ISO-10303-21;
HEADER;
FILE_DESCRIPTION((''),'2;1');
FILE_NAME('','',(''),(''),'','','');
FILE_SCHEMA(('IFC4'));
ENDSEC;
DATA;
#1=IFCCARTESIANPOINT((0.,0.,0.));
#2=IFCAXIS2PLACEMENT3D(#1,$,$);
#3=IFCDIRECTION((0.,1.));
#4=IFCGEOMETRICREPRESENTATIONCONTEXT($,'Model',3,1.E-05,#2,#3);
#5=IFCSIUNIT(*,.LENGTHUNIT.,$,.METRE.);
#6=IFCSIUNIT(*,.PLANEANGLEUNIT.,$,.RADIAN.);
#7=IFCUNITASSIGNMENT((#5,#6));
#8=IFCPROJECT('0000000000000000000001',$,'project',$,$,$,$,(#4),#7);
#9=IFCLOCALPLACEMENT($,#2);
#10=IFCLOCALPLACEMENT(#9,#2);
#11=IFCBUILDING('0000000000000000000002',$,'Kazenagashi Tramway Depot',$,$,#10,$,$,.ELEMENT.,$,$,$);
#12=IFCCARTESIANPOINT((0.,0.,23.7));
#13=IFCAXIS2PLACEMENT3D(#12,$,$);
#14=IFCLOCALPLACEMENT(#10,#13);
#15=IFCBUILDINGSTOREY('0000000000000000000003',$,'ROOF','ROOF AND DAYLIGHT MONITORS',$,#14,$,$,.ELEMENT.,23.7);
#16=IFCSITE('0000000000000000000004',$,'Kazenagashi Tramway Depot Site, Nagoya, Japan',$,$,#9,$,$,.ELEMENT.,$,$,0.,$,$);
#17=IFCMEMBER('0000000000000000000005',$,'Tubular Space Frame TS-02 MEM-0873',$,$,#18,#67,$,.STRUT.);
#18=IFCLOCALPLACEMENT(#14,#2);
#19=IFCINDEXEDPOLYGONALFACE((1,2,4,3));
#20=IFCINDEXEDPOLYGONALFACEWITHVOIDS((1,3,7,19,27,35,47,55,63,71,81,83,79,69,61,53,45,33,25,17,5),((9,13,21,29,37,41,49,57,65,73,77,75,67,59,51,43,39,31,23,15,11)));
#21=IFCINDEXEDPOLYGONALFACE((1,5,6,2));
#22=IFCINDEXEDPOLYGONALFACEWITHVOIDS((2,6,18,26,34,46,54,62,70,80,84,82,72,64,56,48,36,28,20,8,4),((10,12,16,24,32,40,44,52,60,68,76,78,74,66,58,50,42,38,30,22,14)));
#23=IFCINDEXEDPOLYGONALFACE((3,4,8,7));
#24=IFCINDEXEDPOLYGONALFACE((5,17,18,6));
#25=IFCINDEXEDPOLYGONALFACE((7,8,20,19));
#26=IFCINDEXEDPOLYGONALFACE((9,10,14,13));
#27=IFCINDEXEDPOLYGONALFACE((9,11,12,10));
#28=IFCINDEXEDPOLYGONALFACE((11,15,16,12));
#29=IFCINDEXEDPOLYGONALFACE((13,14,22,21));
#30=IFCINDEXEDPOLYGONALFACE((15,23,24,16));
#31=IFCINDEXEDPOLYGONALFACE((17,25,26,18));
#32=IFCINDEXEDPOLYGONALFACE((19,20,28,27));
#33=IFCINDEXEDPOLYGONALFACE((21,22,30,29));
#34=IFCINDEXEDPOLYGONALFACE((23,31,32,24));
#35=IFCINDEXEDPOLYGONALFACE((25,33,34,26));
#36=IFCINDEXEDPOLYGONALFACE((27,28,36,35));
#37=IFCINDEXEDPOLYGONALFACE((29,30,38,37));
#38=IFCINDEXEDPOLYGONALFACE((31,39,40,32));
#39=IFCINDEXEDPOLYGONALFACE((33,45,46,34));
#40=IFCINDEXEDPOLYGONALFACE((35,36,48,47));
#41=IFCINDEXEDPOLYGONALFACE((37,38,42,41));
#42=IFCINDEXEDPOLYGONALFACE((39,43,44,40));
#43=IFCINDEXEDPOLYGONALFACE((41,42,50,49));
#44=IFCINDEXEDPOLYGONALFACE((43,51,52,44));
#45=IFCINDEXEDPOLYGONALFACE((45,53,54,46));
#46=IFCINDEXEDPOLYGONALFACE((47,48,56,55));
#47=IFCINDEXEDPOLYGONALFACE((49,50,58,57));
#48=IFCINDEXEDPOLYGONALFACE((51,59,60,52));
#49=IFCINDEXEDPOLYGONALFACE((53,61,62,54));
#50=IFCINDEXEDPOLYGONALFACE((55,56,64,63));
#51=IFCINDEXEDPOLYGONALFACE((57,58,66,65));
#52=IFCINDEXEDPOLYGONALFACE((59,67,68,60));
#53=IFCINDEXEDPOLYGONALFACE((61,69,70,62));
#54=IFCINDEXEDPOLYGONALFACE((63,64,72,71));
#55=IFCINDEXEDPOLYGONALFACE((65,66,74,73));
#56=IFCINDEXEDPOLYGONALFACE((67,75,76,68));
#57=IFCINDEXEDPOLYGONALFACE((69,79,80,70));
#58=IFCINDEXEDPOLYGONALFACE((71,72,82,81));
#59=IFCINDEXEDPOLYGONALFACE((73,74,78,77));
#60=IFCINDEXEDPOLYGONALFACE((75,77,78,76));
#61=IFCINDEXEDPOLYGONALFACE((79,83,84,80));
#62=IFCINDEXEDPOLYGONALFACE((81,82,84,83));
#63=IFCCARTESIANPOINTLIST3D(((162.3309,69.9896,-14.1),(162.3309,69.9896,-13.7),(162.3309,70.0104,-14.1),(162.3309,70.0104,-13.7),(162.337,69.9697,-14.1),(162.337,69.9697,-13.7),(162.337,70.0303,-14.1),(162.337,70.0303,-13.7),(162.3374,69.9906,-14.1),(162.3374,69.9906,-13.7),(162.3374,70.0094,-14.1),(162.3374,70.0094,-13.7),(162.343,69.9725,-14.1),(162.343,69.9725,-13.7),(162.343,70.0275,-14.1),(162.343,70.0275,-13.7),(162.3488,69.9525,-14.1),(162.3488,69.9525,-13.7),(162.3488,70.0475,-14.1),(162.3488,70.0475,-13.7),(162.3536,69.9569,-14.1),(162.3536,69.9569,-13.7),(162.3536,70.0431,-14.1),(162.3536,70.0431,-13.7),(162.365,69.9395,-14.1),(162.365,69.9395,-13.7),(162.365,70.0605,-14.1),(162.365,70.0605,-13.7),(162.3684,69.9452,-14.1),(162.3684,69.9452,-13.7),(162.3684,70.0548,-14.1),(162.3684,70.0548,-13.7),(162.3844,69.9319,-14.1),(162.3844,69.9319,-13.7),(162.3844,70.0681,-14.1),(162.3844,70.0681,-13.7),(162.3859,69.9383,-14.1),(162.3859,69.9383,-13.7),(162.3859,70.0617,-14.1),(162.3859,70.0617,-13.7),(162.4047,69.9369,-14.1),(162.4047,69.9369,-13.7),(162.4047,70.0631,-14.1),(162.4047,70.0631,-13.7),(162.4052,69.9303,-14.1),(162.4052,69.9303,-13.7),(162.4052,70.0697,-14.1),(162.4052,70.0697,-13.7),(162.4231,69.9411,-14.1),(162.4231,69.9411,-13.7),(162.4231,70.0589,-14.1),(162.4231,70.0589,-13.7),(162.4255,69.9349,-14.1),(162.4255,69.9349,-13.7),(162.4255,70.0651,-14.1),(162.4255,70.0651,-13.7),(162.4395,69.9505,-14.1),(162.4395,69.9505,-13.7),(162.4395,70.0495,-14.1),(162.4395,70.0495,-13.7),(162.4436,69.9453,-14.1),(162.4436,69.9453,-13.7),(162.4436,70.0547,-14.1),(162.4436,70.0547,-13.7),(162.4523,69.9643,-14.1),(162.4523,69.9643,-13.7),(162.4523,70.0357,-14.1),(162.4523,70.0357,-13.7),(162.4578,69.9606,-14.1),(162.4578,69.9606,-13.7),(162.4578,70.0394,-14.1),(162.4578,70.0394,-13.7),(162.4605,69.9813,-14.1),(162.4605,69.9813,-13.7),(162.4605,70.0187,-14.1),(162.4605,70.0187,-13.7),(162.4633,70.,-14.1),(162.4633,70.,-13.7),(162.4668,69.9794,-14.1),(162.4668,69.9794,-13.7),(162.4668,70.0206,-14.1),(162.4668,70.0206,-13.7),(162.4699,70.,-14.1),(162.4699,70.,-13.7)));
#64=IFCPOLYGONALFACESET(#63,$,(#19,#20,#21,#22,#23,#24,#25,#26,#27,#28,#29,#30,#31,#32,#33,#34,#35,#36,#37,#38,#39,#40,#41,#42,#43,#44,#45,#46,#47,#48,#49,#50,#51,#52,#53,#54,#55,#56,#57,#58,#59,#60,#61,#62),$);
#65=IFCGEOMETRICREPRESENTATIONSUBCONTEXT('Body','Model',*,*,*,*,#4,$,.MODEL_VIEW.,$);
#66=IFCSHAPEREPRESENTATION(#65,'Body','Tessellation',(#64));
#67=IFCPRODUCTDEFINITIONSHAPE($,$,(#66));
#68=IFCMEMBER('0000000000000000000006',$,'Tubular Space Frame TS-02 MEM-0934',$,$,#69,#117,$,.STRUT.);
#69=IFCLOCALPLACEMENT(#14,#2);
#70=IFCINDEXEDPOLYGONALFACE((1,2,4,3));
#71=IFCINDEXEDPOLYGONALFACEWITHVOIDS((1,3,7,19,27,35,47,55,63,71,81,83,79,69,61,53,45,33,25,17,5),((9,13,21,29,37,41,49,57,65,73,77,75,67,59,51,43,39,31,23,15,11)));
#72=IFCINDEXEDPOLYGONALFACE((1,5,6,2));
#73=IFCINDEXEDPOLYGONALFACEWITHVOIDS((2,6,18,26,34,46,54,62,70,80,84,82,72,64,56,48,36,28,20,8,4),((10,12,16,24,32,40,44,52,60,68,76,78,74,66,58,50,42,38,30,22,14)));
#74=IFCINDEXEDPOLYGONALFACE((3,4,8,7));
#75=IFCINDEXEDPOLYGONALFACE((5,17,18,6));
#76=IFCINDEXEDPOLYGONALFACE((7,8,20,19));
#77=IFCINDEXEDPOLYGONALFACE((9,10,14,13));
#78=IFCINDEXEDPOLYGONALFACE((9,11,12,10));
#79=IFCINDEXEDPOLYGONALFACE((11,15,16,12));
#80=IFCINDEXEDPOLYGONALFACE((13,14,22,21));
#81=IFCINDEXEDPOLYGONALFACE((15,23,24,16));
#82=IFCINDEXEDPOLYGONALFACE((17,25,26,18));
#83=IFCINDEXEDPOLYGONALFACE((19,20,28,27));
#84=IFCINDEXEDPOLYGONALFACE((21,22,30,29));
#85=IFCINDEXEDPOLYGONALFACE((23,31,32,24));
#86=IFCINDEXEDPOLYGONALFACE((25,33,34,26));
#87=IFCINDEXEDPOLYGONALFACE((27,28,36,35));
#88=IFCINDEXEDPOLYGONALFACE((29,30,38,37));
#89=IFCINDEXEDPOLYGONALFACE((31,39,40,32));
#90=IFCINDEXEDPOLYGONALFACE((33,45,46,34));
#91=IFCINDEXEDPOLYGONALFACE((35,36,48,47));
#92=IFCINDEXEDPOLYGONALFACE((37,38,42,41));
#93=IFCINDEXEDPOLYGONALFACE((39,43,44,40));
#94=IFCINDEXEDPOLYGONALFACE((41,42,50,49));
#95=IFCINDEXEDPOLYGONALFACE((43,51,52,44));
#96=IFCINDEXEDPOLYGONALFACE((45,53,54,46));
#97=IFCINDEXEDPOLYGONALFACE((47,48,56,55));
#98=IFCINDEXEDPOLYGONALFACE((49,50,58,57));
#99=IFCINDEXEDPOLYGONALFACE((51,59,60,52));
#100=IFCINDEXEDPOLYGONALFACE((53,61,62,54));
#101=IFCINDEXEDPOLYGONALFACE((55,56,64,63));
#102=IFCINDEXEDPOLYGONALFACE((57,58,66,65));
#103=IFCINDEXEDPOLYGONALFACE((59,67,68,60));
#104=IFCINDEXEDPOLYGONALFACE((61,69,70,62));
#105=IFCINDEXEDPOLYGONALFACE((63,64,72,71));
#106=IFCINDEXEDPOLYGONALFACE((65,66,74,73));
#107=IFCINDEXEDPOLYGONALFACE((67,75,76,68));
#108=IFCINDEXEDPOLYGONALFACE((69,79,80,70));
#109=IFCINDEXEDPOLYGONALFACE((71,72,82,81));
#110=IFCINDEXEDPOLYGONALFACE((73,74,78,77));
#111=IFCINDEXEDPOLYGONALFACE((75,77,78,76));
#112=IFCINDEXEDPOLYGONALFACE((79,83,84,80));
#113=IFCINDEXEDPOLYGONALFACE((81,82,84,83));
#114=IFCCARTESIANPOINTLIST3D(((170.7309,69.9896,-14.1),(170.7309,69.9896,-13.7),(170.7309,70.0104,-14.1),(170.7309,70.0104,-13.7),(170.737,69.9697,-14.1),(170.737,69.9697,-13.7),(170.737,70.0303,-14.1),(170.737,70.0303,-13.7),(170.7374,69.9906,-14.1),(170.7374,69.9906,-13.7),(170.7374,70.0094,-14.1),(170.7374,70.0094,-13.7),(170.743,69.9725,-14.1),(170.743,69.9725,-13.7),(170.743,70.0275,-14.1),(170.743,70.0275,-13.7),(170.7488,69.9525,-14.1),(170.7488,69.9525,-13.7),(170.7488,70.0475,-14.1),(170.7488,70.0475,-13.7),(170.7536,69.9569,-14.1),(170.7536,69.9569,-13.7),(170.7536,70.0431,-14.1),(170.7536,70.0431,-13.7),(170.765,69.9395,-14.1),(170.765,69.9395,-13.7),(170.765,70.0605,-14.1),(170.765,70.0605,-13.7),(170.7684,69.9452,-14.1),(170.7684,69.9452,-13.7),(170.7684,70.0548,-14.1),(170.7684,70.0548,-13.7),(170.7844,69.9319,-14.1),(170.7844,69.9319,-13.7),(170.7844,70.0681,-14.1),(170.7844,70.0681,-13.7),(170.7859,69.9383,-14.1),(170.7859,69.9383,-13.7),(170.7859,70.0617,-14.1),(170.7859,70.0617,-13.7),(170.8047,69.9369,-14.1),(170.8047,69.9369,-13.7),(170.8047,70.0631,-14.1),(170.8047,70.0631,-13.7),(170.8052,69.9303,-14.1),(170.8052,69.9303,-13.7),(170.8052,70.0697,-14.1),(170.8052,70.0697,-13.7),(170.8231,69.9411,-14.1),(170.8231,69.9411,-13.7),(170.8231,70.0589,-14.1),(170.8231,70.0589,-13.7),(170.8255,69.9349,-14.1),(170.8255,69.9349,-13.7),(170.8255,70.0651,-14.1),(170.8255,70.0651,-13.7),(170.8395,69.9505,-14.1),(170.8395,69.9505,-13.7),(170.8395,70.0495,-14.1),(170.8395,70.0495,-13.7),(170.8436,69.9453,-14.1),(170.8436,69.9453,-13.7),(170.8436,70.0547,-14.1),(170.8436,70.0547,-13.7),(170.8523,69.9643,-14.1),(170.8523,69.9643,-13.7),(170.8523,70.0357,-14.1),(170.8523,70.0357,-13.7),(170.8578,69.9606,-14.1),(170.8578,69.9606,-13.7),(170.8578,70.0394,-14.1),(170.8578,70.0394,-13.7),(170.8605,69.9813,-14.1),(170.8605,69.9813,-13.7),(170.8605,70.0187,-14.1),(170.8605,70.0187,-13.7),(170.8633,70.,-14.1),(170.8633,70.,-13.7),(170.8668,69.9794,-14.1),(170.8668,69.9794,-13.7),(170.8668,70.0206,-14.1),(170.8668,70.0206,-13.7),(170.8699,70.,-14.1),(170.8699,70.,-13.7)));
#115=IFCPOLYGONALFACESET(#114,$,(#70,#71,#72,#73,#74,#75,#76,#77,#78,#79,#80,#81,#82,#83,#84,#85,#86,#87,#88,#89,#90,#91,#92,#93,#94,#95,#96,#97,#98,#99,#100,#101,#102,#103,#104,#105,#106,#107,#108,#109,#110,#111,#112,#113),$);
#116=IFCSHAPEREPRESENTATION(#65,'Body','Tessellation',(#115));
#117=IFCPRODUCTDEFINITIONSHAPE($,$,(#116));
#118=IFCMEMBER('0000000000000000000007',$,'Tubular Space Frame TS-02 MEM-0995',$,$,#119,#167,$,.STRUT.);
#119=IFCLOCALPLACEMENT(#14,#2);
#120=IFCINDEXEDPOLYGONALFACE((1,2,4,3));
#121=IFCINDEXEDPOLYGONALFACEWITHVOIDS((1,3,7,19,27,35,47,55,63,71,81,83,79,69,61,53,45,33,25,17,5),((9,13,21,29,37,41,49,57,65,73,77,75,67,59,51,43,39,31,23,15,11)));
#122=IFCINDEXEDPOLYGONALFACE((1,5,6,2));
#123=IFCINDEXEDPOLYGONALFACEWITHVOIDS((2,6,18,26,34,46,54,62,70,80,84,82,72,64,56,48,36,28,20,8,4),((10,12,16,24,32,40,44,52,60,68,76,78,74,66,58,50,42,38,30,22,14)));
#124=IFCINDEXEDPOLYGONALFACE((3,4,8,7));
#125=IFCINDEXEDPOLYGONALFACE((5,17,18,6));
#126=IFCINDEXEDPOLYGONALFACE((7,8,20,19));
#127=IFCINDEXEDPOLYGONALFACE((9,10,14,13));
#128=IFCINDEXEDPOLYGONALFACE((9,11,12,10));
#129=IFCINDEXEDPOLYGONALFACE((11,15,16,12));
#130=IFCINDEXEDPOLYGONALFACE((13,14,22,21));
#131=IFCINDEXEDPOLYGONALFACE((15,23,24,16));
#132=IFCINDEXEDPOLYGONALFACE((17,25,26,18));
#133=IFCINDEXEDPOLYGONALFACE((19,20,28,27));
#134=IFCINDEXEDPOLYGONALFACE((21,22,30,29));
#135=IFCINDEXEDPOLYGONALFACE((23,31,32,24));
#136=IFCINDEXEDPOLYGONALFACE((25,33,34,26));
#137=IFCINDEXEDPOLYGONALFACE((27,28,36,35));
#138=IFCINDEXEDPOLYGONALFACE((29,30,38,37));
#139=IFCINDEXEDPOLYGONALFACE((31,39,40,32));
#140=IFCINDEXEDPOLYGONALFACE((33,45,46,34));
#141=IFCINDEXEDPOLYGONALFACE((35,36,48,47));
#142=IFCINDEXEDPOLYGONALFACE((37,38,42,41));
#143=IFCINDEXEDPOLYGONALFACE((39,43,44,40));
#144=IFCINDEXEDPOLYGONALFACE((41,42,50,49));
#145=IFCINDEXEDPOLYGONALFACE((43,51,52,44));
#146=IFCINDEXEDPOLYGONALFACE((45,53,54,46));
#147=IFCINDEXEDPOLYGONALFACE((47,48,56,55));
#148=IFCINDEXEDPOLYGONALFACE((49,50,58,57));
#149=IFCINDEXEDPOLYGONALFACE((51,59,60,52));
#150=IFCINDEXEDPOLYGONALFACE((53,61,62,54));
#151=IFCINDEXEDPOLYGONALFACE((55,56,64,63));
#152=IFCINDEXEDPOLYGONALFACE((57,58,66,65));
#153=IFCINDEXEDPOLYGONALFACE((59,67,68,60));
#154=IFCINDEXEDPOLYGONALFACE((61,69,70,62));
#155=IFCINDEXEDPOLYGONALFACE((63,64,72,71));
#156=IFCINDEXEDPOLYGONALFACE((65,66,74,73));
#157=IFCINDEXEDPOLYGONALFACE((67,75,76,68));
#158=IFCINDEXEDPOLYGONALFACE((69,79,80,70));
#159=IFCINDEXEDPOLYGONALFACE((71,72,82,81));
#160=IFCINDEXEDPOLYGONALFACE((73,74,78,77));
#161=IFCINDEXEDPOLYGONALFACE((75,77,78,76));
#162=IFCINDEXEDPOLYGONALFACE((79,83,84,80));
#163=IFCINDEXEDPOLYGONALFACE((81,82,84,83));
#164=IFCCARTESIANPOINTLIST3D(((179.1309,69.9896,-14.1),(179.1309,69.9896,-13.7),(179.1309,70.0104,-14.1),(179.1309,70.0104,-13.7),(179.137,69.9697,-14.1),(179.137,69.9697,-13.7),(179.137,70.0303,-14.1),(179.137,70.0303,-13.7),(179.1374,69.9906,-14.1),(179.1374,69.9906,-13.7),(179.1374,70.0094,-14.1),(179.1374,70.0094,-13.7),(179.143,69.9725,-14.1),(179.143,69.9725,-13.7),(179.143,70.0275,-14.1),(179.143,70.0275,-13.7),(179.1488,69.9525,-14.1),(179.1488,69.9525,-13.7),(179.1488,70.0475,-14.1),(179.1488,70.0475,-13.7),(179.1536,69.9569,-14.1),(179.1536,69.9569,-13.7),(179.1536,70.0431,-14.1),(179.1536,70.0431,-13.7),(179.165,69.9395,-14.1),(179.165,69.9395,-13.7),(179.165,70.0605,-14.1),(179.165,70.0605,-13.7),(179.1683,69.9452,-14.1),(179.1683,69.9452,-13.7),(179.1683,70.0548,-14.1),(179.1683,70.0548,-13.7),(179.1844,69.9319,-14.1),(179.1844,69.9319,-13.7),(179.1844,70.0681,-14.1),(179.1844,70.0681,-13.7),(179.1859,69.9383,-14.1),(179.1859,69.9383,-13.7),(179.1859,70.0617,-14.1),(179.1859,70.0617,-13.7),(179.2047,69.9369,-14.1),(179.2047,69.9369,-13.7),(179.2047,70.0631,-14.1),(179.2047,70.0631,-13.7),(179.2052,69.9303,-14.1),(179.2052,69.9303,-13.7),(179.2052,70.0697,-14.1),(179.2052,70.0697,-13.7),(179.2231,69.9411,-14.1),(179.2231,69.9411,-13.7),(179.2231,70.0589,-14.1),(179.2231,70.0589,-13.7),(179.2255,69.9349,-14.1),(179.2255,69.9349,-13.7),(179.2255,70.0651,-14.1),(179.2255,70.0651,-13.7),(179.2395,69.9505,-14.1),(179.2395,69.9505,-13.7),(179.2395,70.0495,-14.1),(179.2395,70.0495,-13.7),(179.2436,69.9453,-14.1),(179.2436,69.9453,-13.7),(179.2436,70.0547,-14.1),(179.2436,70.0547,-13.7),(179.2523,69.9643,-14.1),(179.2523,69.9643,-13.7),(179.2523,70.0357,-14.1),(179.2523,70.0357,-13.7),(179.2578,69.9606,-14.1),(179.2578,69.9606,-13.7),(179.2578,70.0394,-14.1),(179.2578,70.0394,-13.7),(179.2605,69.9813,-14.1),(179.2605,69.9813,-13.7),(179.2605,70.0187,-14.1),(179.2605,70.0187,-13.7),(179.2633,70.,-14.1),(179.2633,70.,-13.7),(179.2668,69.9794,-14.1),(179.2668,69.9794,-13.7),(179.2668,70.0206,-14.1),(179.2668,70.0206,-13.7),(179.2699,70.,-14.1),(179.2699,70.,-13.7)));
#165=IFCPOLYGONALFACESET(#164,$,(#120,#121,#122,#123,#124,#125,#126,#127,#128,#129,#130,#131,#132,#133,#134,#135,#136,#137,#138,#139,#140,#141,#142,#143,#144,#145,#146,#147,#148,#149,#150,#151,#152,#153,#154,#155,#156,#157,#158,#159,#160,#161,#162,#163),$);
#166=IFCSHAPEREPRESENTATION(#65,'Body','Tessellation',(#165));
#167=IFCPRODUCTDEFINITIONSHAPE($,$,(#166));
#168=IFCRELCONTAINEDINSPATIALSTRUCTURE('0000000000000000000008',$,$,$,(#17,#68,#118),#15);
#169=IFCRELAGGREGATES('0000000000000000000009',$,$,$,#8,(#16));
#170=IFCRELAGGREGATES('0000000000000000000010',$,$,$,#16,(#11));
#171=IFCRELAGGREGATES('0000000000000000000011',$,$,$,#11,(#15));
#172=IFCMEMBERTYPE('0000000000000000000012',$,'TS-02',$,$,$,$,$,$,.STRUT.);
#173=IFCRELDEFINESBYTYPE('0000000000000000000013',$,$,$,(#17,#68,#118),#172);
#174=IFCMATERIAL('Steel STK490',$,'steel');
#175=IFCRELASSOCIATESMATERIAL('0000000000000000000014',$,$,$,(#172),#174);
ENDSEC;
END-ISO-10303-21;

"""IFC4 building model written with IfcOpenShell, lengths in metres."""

from ifc_helpers import new_model, si_unit, direction, frame, origin, origin_2d, place, context, subcontext, project, spatial, hollow_circle, extrude, material, material_profile, profile_set, type_object, element, save


model = new_model("IFC4")

# Units and contexts
model_context = context("Model", 3, precision=1e-05, world=origin(), true_north=direction((0.0, 1.0)))
body_context = subcontext(model_context, "Body", "Model", "MODEL_VIEW")
ifc_project = project(units=[si_unit("LENGTHUNIT", "METRE"), si_unit("PLANEANGLEUNIT", "RADIAN")], contexts=[model_context])

# Site, building, storey
site_placement = place(None, origin())
site = spatial("IfcSite", under=ifc_project, at=site_placement, Name="Kazenagashi Tramway Depot Site, Nagoya, Japan", CompositionType="ELEMENT", RefElevation=0.0)
building_placement = place(site_placement, origin())
building = spatial("IfcBuilding", under=site, at=building_placement, Name="Kazenagashi Tramway Depot", CompositionType="ELEMENT")
storey_placement = place(building_placement, frame((0.0, 0.0, 23.7)))
storey = spatial("IfcBuildingStorey", under=building, at=storey_placement, Name="ROOF", Description="ROOF AND DAYLIGHT MONITORS", CompositionType="ELEMENT", Elevation=23.7)

# Members
ifc_material_1 = material(Name="Steel STK490", Category="steel")
ifc_material_profile_1 = material_profile(ifc_material_1, hollow_circle(Radius=0.0699, WallThickness=0.0066, at=origin_2d()), Name="CHS-139.8x6.6")
ifc_profile_set_1 = profile_set([ifc_material_profile_1], Name="Steel STK490")
member_type_1 = type_object("IfcMemberType", Name="TS-02", PredefinedType="STRUT", material=ifc_profile_set_1)
for number, where, z_axis, x_axis, name in (
    (1, (162.4, 70.0, -14.1), (0.0, 0.0, 1.0), (1.0, 0.0, 0.0), "Tubular Space Frame TS-02 MEM-0873"),
    (2, (170.8, 70.0, -14.1), (0.0, 0.0, 1.0), (1.0, 0.0, 0.0), "Tubular Space Frame TS-02 MEM-0934"),
    (3, (179.2, 70.0, -14.1), (0.0, 0.0, 1.0), (1.0, 0.0, 0.0), "Tubular Space Frame TS-02 MEM-0995"),
):
    element("IfcMember", number, at=place(storey_placement, frame(where, z_axis=z_axis, x_axis=x_axis)), inside=storey, type_object=member_type_1, Name=name, PredefinedType="STRUT", context=body_context, shape_type="SweptSolid", body=[
        extrude(hollow_circle(Radius=0.0699, WallThickness=0.0066, at=origin_2d()), origin(), (0.0, 0.0, 1.0), 0.4),
    ])

save(model, "model.ifc")
